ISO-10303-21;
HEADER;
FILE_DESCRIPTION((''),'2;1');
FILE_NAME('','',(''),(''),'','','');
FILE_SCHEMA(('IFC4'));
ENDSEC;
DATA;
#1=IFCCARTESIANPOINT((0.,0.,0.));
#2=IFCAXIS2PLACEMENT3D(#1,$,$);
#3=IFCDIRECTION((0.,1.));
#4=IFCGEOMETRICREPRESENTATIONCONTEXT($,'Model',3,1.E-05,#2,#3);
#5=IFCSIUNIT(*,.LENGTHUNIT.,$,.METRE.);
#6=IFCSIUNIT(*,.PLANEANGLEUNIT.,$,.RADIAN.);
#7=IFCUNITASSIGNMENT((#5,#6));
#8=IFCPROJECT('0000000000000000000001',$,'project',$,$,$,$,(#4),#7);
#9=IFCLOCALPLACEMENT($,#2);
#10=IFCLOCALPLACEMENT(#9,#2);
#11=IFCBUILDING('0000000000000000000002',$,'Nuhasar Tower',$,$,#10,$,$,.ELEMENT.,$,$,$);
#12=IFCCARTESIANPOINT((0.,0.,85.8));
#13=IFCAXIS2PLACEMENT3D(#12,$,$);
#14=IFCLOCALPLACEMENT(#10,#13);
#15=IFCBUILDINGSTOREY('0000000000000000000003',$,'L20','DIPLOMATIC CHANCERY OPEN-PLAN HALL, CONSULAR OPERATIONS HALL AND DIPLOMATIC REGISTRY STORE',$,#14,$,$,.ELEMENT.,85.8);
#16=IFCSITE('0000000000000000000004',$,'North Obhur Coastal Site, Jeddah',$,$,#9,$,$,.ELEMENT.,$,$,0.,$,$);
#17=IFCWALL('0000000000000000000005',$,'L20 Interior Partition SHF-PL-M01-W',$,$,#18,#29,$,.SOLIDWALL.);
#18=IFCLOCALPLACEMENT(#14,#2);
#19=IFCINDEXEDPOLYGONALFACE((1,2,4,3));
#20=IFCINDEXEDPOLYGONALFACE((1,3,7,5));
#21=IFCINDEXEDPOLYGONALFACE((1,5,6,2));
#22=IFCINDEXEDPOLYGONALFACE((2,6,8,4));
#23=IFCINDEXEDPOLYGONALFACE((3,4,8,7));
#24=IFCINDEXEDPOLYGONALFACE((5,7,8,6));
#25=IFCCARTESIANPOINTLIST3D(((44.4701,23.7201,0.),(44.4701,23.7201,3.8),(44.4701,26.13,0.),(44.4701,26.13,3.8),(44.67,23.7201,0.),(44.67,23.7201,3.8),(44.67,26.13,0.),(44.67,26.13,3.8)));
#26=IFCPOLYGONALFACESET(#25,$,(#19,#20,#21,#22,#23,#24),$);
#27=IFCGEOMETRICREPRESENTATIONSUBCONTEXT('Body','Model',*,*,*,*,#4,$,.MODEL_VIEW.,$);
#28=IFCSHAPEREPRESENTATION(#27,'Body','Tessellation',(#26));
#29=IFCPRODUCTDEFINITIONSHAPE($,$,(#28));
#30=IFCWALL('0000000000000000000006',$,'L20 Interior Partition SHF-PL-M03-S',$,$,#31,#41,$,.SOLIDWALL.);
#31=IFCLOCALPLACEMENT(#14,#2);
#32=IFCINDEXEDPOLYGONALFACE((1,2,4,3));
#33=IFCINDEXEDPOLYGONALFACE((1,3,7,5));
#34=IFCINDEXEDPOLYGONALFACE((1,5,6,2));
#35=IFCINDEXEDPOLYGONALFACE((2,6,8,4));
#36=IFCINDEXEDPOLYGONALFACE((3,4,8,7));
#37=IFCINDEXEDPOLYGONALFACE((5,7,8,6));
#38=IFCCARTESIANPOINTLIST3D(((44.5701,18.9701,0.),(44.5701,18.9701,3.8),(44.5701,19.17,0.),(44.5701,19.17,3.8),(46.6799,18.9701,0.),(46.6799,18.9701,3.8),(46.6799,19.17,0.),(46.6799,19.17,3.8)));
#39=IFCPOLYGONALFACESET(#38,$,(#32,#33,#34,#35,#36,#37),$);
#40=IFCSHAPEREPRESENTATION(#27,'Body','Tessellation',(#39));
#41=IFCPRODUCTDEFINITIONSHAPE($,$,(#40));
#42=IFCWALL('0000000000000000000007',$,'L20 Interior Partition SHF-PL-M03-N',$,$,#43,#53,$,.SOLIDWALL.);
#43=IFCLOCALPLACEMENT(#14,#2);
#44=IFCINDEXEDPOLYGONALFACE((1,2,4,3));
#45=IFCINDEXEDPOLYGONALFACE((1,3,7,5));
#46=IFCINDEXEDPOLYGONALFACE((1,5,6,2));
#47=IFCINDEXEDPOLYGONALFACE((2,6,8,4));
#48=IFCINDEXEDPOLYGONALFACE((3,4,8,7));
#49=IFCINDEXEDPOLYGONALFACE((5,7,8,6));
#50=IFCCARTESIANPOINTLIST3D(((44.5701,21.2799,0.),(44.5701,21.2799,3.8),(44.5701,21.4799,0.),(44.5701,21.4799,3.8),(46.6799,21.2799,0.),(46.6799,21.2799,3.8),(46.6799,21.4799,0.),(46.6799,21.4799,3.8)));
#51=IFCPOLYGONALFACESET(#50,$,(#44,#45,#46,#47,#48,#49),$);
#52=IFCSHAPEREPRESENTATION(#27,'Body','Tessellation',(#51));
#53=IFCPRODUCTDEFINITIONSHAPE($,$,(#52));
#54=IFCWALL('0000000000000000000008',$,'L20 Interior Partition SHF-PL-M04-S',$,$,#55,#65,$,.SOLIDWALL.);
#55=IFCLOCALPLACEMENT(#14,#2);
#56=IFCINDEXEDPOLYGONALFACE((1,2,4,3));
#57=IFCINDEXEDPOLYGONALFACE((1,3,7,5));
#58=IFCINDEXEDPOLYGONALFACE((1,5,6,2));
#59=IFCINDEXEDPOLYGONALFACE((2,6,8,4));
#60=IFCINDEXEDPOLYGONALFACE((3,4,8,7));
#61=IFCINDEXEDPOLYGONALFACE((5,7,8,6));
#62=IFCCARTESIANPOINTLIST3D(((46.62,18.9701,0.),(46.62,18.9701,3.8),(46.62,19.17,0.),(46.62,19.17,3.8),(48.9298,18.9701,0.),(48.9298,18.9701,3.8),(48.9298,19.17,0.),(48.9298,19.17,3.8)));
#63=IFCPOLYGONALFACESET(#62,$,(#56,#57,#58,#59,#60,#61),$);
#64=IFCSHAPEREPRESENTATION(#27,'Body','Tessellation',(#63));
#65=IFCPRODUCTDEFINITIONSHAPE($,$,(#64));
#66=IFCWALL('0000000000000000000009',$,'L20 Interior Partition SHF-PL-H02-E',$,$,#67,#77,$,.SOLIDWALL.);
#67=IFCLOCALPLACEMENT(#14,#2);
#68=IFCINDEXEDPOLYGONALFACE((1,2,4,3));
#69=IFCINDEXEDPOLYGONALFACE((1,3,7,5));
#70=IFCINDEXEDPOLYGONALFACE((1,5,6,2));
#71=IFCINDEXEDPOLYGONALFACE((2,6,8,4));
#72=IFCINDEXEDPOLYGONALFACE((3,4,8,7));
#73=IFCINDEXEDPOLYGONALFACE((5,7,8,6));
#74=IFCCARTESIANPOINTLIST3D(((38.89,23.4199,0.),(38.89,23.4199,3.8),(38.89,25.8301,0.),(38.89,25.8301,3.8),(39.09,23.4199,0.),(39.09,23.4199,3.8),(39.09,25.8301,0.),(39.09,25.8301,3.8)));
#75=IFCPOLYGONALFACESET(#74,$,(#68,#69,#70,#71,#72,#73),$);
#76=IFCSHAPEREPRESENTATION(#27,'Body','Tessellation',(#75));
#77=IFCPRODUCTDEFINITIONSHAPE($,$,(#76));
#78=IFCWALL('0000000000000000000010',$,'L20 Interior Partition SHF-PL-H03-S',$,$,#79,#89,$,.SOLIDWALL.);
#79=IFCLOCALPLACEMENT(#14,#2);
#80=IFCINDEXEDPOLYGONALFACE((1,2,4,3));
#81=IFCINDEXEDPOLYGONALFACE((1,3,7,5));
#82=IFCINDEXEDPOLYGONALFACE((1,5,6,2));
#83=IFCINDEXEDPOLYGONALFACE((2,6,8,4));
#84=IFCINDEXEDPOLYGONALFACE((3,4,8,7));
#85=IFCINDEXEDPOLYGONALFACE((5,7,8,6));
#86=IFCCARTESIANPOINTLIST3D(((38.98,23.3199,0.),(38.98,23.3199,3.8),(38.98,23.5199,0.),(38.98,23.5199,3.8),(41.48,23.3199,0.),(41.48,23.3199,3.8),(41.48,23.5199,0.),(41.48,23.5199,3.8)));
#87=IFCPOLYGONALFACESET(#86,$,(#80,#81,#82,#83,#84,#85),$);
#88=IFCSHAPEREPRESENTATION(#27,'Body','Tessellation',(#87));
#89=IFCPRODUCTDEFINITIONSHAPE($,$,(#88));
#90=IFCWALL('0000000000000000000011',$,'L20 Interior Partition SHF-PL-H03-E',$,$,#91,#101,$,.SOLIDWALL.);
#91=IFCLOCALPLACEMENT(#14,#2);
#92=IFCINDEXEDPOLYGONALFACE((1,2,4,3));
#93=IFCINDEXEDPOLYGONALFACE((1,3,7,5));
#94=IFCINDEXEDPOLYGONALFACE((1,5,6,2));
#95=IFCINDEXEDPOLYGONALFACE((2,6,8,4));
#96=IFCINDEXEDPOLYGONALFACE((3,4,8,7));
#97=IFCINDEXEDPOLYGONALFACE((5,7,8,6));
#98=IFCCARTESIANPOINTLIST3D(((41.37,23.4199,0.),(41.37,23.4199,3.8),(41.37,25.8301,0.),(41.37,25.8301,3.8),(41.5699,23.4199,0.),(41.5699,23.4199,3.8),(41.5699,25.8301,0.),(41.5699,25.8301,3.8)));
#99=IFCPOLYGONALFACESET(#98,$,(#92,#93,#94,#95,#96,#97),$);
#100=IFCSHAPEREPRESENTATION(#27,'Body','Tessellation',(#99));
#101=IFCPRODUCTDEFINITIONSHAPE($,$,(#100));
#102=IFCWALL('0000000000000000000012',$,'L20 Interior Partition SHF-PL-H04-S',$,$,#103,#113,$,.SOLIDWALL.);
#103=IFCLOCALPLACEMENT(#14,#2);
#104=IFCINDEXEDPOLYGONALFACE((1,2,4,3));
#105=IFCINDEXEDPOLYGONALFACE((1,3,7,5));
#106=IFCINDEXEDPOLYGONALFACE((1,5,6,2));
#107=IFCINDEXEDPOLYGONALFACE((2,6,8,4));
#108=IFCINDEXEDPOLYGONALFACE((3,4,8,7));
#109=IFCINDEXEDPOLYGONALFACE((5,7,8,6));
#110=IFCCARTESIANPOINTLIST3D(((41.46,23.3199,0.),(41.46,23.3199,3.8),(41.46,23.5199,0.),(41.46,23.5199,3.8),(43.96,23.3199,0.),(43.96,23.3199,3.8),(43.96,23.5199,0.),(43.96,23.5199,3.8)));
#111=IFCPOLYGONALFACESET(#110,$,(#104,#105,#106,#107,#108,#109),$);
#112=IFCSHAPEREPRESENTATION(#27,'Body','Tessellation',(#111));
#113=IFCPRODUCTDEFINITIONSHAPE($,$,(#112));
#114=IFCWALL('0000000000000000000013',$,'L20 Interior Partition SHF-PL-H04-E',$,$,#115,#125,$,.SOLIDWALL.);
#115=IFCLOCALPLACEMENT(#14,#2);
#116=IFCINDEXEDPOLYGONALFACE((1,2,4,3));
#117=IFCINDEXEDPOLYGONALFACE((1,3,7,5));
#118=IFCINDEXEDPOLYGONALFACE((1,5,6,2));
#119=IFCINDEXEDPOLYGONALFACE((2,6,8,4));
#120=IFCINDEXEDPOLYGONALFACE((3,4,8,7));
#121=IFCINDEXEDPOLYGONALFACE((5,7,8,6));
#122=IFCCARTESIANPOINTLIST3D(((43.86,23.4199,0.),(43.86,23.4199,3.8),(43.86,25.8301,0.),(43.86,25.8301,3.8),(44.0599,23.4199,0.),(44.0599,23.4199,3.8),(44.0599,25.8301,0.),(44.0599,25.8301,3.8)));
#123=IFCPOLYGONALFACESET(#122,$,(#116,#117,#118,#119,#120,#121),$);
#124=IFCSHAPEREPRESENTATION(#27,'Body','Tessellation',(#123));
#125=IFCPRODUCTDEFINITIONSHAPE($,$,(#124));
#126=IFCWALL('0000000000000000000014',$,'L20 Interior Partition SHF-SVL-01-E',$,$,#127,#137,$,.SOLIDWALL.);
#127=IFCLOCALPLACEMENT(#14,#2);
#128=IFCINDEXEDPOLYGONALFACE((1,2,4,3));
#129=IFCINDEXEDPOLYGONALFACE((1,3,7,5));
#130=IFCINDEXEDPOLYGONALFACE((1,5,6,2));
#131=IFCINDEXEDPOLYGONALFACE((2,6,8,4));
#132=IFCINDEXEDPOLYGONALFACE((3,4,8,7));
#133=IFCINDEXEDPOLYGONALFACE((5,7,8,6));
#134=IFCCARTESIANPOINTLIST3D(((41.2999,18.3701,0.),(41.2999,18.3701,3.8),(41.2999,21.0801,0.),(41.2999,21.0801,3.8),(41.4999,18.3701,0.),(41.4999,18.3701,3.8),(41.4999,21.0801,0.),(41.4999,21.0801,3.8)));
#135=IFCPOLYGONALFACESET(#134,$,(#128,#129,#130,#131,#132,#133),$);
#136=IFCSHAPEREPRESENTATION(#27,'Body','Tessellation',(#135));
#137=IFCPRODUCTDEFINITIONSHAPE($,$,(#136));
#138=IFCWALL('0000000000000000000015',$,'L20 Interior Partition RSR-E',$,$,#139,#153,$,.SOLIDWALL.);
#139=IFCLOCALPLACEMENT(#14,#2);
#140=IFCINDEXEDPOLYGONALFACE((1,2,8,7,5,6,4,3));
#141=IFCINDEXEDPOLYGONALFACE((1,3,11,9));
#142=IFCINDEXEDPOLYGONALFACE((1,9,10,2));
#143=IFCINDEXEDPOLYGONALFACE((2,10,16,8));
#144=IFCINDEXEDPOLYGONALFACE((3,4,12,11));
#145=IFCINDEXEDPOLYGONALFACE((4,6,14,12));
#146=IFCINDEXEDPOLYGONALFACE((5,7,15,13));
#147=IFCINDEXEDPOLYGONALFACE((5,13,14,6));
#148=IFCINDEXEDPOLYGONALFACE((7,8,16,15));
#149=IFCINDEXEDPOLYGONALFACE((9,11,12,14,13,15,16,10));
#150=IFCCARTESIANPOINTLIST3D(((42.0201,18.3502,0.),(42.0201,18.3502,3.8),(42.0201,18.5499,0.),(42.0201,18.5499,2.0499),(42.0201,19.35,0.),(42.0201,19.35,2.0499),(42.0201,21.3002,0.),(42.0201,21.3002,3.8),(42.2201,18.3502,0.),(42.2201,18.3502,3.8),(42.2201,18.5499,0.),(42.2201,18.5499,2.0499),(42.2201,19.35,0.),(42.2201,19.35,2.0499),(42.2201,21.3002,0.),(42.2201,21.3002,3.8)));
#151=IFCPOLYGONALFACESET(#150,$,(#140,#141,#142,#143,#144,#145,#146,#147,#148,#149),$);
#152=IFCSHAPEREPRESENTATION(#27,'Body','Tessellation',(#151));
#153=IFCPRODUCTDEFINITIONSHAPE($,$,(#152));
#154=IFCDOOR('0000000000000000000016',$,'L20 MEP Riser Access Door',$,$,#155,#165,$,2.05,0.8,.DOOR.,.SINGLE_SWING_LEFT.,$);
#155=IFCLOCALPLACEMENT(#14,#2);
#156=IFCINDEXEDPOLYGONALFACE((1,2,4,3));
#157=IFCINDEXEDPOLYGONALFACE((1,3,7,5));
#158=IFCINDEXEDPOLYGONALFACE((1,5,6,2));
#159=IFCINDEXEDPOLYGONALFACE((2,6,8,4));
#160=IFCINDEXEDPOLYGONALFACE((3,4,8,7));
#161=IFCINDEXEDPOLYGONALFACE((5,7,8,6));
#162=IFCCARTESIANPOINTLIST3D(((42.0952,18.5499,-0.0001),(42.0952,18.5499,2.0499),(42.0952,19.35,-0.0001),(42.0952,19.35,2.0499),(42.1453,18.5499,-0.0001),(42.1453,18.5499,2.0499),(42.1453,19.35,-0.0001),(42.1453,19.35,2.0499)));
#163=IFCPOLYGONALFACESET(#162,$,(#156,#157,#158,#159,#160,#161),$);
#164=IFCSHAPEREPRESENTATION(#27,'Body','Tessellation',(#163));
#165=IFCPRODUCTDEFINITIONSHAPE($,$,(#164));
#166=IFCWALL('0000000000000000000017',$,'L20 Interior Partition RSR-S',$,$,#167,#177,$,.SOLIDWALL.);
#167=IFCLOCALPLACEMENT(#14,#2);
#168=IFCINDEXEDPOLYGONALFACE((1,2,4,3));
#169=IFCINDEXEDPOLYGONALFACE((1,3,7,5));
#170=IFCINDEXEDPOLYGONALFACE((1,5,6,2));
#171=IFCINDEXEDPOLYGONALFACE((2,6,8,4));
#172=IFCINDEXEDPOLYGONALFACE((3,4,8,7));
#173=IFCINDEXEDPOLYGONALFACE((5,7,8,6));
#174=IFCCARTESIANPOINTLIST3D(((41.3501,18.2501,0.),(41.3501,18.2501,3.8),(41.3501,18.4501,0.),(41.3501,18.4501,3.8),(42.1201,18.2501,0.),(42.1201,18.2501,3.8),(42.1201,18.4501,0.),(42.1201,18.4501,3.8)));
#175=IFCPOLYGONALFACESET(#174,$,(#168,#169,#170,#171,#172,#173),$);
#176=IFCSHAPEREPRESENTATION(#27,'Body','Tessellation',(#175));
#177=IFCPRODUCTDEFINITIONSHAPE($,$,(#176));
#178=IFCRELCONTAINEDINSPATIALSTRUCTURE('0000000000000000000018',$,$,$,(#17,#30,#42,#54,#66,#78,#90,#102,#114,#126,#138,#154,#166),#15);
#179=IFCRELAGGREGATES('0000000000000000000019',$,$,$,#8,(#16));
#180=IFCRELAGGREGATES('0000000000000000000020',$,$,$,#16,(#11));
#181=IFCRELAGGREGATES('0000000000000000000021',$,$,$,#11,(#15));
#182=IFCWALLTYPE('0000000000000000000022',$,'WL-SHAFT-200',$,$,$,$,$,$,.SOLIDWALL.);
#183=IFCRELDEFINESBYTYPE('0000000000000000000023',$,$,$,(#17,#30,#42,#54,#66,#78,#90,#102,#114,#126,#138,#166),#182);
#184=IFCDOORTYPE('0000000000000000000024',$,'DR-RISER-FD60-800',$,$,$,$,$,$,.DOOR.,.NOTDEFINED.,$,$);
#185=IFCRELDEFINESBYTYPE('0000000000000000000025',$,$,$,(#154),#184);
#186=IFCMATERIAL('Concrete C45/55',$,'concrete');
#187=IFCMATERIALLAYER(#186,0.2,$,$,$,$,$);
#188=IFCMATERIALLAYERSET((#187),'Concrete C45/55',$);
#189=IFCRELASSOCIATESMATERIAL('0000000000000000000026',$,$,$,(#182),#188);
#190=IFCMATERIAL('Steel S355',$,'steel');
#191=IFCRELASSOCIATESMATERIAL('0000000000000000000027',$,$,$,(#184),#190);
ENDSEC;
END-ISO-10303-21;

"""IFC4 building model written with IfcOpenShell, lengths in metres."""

from ifc_helpers import new_model, si_unit, direction, frame, frame_2d, origin, place, context, subcontext, project, spatial, rectangle, extrude, material, layer, layer_set, type_object, element, fill, save


model = new_model("IFC4")

# Units and contexts
model_context = context("Model", 3, precision=1e-05, world=origin(), true_north=direction((0.0, 1.0)))
body_context = subcontext(model_context, "Body", "Model", "MODEL_VIEW")
ifc_project = project(units=[si_unit("LENGTHUNIT", "METRE"), si_unit("PLANEANGLEUNIT", "RADIAN")], contexts=[model_context])

# Site, building, storey
site_placement = place(None, origin())
site = spatial("IfcSite", under=ifc_project, at=site_placement, Name="North Obhur Coastal Site, Jeddah", CompositionType="ELEMENT", RefElevation=0.0)
building_placement = place(site_placement, origin())
building = spatial("IfcBuilding", under=site, at=building_placement, Name="Nuhasar Tower", CompositionType="ELEMENT")
storey_placement = place(building_placement, frame((0.0, 0.0, 85.8)))
storey = spatial("IfcBuildingStorey", under=building, at=storey_placement, Name="L20", Description="DIPLOMATIC CHANCERY OPEN-PLAN HALL, CONSULAR OPERATIONS HALL AND DIPLOMATIC REGISTRY STORE", CompositionType="ELEMENT", Elevation=85.8)

# Shared definitions
ifc_material_1 = material(Name="Steel S355", Category="steel")

# Shared definitions
ifc_material_2 = material(Name="Concrete C45/55", Category="concrete")

# Walls
ifc_layer_1 = layer(ifc_material_2, 0.2)
ifc_layer_set_1 = layer_set([ifc_layer_1], Name="Concrete C45/55")
wall_type_1 = type_object("IfcWallType", Name="WL-SHAFT-200", PredefinedType="SOLIDWALL", material=ifc_layer_set_1)
wall_1_placement = place(storey_placement, frame((44.5701, 23.72, 0.0), z_axis=(0.0, 0.0, 1.0), x_axis=(0.0, 1.0, 0.0)))
element("IfcWall", 1, at=wall_1_placement, inside=storey, type_object=wall_type_1, Name="L20 Interior Partition SHF-PL-M01-W", PredefinedType="SOLIDWALL", context=body_context, shape_type="SweptSolid", body=[
    extrude(rectangle(XDim=2.4099, YDim=0.2, at=frame_2d((1.2051, 0.0))), origin(), (0.0, 0.0, 1.0), 3.8),
])
for number, where, z_axis, x_axis, name in (
    (2, (44.5701, 19.0701, 0.0), (0.0, 0.0, 1.0), (1.0, 0.0, 0.0), "L20 Interior Partition SHF-PL-M03-S"),
    (3, (44.5701, 21.3799, 0.0), (0.0, 0.0, 1.0), (1.0, 0.0, 0.0), "L20 Interior Partition SHF-PL-M03-N"),
):
    element("IfcWall", number, at=place(storey_placement, frame(where, z_axis=z_axis, x_axis=x_axis)), inside=storey, type_object=wall_type_1, Name=name, PredefinedType="SOLIDWALL", context=body_context, shape_type="SweptSolid", body=[
        extrude(rectangle(XDim=2.1099, YDim=0.2, at=frame_2d((1.0549, 0.0))), origin(), (0.0, 0.0, 1.0), 3.8),
    ])
wall_2_placement = place(storey_placement, frame((46.6201, 19.0701, 0.0), z_axis=(0.0, 0.0, 1.0), x_axis=(1.0, 0.0, 0.0)))
element("IfcWall", 4, at=wall_2_placement, inside=storey, type_object=wall_type_1, Name="L20 Interior Partition SHF-PL-M04-S", PredefinedType="SOLIDWALL", context=body_context, shape_type="SweptSolid", body=[
    extrude(rectangle(XDim=2.3098, YDim=0.2, at=frame_2d((1.1548, 0.0))), origin(), (0.0, 0.0, 1.0), 3.8),
])
wall_3_placement = place(storey_placement, frame((38.99, 23.4199, 0.0), z_axis=(0.0, 0.0, 1.0), x_axis=(0.0, 1.0, 0.0)))
element("IfcWall", 5, at=wall_3_placement, inside=storey, type_object=wall_type_1, Name="L20 Interior Partition SHF-PL-H02-E", PredefinedType="SOLIDWALL", context=body_context, shape_type="SweptSolid", body=[
    extrude(rectangle(XDim=2.4102, YDim=0.2, at=frame_2d((1.2051, 0.0))), origin(), (0.0, 0.0, 1.0), 3.8),
])
wall_4_placement = place(storey_placement, frame((38.98, 23.4199, 0.0), z_axis=(0.0, 0.0, 1.0), x_axis=(1.0, 0.0, 0.0)))
element("IfcWall", 6, at=wall_4_placement, inside=storey, type_object=wall_type_1, Name="L20 Interior Partition SHF-PL-H03-S", PredefinedType="SOLIDWALL", context=body_context, shape_type="SweptSolid", body=[
    extrude(rectangle(XDim=2.5, YDim=0.2, at=frame_2d((1.25, 0.0))), origin(), (0.0, 0.0, 1.0), 3.8),
])
wall_5_placement = place(storey_placement, frame((41.47, 23.4199, 0.0), z_axis=(0.0, 0.0, 1.0), x_axis=(0.0, 1.0, 0.0)))
element("IfcWall", 7, at=wall_5_placement, inside=storey, type_object=wall_type_1, Name="L20 Interior Partition SHF-PL-H03-E", PredefinedType="SOLIDWALL", context=body_context, shape_type="SweptSolid", body=[
    extrude(rectangle(XDim=2.4102, YDim=0.2, at=frame_2d((1.2051, 0.0))), origin(), (0.0, 0.0, 1.0), 3.8),
])
wall_6_placement = place(storey_placement, frame((41.46, 23.4199, 0.0), z_axis=(0.0, 0.0, 1.0), x_axis=(1.0, 0.0, 0.0)))
element("IfcWall", 8, at=wall_6_placement, inside=storey, type_object=wall_type_1, Name="L20 Interior Partition SHF-PL-H04-S", PredefinedType="SOLIDWALL", context=body_context, shape_type="SweptSolid", body=[
    extrude(rectangle(XDim=2.5, YDim=0.2, at=frame_2d((1.25, 0.0))), origin(), (0.0, 0.0, 1.0), 3.8),
])
wall_7_placement = place(storey_placement, frame((43.96, 23.4199, 0.0), z_axis=(0.0, 0.0, 1.0), x_axis=(0.0, 1.0, 0.0)))
element("IfcWall", 9, at=wall_7_placement, inside=storey, type_object=wall_type_1, Name="L20 Interior Partition SHF-PL-H04-E", PredefinedType="SOLIDWALL", context=body_context, shape_type="SweptSolid", body=[
    extrude(rectangle(XDim=2.4102, YDim=0.2, at=frame_2d((1.2051, 0.0))), origin(), (0.0, 0.0, 1.0), 3.8),
])
wall_8_placement = place(storey_placement, frame((41.3999, 18.3701, 0.0), z_axis=(0.0, 0.0, 1.0), x_axis=(0.0, 1.0, 0.0)))
element("IfcWall", 10, at=wall_8_placement, inside=storey, type_object=wall_type_1, Name="L20 Interior Partition SHF-SVL-01-E", PredefinedType="SOLIDWALL", context=body_context, shape_type="SweptSolid", body=[
    extrude(rectangle(XDim=2.71, YDim=0.2, at=frame_2d((1.355, 0.0))), origin(), (0.0, 0.0, 1.0), 3.8),
])

# Wall, opening, door
wall_9_placement = place(storey_placement, frame((42.1201, 18.3501, 0.0), z_axis=(0.0, 0.0, 1.0), x_axis=(0.0, 1.0, 0.0)))
wall_9 = element("IfcWall", 11, at=wall_9_placement, inside=storey, type_object=wall_type_1, Name="L20 Interior Partition RSR-E", PredefinedType="SOLIDWALL", context=body_context, shape_type="SweptSolid", body=[
    extrude(rectangle(XDim=2.95, YDim=0.2, at=frame_2d((1.4751, 0.0))), origin(), (0.0, 0.0, 1.0), 3.8),
])
opening_1_placement = place(wall_9_placement, frame((0.2, 0.0, 0.0)))
opening_1 = element("IfcOpeningElement", 12, at=opening_1_placement, cuts=wall_9, PredefinedType="OPENING", context=body_context, shape_type="SweptSolid", body=[
    extrude(rectangle(XDim=0.8, YDim=2.05, at=frame_2d((0.3999, 1.0249))), frame((0.0, 0.1099, 0.0), z_axis=(0.0, -1.0, 0.0), x_axis=(1.0, 0.0, 0.0)), (0.0, 0.0, 1.0), 0.22),
])
door_type_1 = type_object("IfcDoorType", Name="DR-RISER-FD60-800", OperationType="NOTDEFINED", PredefinedType="DOOR", material=ifc_material_1)
door_1_placement = place(opening_1_placement, origin())
door_1 = element("IfcDoor", 13, at=door_1_placement, inside=storey, type_object=door_type_1, Name="L20 MEP Riser Access Door", OperationType="SINGLE_SWING_LEFT", OverallHeight=2.05, OverallWidth=0.8, PredefinedType="DOOR", context=body_context, shape_type="SweptSolid", body=[
    extrude(rectangle(XDim=0.8, YDim=2.05, at=frame_2d((0.3999, 1.0249))), frame((0.0, 0.0249, 0.0), z_axis=(0.0, -1.0, 0.0), x_axis=(1.0, 0.0, 0.0)), (0.0, 0.0, 1.0), 0.05),
])
fill(opening_1, door_1)

# Wall
wall_10_placement = place(storey_placement, frame((41.3501, 18.3501, 0.0), z_axis=(0.0, 0.0, 1.0), x_axis=(1.0, 0.0, 0.0)))
element("IfcWall", 14, at=wall_10_placement, inside=storey, type_object=wall_type_1, Name="L20 Interior Partition RSR-S", PredefinedType="SOLIDWALL", context=body_context, shape_type="SweptSolid", body=[
    extrude(rectangle(XDim=0.77, YDim=0.2, at=frame_2d((0.385, 0.0))), origin(), (0.0, 0.0, 1.0), 3.8),
])

save(model, "model.ifc")
